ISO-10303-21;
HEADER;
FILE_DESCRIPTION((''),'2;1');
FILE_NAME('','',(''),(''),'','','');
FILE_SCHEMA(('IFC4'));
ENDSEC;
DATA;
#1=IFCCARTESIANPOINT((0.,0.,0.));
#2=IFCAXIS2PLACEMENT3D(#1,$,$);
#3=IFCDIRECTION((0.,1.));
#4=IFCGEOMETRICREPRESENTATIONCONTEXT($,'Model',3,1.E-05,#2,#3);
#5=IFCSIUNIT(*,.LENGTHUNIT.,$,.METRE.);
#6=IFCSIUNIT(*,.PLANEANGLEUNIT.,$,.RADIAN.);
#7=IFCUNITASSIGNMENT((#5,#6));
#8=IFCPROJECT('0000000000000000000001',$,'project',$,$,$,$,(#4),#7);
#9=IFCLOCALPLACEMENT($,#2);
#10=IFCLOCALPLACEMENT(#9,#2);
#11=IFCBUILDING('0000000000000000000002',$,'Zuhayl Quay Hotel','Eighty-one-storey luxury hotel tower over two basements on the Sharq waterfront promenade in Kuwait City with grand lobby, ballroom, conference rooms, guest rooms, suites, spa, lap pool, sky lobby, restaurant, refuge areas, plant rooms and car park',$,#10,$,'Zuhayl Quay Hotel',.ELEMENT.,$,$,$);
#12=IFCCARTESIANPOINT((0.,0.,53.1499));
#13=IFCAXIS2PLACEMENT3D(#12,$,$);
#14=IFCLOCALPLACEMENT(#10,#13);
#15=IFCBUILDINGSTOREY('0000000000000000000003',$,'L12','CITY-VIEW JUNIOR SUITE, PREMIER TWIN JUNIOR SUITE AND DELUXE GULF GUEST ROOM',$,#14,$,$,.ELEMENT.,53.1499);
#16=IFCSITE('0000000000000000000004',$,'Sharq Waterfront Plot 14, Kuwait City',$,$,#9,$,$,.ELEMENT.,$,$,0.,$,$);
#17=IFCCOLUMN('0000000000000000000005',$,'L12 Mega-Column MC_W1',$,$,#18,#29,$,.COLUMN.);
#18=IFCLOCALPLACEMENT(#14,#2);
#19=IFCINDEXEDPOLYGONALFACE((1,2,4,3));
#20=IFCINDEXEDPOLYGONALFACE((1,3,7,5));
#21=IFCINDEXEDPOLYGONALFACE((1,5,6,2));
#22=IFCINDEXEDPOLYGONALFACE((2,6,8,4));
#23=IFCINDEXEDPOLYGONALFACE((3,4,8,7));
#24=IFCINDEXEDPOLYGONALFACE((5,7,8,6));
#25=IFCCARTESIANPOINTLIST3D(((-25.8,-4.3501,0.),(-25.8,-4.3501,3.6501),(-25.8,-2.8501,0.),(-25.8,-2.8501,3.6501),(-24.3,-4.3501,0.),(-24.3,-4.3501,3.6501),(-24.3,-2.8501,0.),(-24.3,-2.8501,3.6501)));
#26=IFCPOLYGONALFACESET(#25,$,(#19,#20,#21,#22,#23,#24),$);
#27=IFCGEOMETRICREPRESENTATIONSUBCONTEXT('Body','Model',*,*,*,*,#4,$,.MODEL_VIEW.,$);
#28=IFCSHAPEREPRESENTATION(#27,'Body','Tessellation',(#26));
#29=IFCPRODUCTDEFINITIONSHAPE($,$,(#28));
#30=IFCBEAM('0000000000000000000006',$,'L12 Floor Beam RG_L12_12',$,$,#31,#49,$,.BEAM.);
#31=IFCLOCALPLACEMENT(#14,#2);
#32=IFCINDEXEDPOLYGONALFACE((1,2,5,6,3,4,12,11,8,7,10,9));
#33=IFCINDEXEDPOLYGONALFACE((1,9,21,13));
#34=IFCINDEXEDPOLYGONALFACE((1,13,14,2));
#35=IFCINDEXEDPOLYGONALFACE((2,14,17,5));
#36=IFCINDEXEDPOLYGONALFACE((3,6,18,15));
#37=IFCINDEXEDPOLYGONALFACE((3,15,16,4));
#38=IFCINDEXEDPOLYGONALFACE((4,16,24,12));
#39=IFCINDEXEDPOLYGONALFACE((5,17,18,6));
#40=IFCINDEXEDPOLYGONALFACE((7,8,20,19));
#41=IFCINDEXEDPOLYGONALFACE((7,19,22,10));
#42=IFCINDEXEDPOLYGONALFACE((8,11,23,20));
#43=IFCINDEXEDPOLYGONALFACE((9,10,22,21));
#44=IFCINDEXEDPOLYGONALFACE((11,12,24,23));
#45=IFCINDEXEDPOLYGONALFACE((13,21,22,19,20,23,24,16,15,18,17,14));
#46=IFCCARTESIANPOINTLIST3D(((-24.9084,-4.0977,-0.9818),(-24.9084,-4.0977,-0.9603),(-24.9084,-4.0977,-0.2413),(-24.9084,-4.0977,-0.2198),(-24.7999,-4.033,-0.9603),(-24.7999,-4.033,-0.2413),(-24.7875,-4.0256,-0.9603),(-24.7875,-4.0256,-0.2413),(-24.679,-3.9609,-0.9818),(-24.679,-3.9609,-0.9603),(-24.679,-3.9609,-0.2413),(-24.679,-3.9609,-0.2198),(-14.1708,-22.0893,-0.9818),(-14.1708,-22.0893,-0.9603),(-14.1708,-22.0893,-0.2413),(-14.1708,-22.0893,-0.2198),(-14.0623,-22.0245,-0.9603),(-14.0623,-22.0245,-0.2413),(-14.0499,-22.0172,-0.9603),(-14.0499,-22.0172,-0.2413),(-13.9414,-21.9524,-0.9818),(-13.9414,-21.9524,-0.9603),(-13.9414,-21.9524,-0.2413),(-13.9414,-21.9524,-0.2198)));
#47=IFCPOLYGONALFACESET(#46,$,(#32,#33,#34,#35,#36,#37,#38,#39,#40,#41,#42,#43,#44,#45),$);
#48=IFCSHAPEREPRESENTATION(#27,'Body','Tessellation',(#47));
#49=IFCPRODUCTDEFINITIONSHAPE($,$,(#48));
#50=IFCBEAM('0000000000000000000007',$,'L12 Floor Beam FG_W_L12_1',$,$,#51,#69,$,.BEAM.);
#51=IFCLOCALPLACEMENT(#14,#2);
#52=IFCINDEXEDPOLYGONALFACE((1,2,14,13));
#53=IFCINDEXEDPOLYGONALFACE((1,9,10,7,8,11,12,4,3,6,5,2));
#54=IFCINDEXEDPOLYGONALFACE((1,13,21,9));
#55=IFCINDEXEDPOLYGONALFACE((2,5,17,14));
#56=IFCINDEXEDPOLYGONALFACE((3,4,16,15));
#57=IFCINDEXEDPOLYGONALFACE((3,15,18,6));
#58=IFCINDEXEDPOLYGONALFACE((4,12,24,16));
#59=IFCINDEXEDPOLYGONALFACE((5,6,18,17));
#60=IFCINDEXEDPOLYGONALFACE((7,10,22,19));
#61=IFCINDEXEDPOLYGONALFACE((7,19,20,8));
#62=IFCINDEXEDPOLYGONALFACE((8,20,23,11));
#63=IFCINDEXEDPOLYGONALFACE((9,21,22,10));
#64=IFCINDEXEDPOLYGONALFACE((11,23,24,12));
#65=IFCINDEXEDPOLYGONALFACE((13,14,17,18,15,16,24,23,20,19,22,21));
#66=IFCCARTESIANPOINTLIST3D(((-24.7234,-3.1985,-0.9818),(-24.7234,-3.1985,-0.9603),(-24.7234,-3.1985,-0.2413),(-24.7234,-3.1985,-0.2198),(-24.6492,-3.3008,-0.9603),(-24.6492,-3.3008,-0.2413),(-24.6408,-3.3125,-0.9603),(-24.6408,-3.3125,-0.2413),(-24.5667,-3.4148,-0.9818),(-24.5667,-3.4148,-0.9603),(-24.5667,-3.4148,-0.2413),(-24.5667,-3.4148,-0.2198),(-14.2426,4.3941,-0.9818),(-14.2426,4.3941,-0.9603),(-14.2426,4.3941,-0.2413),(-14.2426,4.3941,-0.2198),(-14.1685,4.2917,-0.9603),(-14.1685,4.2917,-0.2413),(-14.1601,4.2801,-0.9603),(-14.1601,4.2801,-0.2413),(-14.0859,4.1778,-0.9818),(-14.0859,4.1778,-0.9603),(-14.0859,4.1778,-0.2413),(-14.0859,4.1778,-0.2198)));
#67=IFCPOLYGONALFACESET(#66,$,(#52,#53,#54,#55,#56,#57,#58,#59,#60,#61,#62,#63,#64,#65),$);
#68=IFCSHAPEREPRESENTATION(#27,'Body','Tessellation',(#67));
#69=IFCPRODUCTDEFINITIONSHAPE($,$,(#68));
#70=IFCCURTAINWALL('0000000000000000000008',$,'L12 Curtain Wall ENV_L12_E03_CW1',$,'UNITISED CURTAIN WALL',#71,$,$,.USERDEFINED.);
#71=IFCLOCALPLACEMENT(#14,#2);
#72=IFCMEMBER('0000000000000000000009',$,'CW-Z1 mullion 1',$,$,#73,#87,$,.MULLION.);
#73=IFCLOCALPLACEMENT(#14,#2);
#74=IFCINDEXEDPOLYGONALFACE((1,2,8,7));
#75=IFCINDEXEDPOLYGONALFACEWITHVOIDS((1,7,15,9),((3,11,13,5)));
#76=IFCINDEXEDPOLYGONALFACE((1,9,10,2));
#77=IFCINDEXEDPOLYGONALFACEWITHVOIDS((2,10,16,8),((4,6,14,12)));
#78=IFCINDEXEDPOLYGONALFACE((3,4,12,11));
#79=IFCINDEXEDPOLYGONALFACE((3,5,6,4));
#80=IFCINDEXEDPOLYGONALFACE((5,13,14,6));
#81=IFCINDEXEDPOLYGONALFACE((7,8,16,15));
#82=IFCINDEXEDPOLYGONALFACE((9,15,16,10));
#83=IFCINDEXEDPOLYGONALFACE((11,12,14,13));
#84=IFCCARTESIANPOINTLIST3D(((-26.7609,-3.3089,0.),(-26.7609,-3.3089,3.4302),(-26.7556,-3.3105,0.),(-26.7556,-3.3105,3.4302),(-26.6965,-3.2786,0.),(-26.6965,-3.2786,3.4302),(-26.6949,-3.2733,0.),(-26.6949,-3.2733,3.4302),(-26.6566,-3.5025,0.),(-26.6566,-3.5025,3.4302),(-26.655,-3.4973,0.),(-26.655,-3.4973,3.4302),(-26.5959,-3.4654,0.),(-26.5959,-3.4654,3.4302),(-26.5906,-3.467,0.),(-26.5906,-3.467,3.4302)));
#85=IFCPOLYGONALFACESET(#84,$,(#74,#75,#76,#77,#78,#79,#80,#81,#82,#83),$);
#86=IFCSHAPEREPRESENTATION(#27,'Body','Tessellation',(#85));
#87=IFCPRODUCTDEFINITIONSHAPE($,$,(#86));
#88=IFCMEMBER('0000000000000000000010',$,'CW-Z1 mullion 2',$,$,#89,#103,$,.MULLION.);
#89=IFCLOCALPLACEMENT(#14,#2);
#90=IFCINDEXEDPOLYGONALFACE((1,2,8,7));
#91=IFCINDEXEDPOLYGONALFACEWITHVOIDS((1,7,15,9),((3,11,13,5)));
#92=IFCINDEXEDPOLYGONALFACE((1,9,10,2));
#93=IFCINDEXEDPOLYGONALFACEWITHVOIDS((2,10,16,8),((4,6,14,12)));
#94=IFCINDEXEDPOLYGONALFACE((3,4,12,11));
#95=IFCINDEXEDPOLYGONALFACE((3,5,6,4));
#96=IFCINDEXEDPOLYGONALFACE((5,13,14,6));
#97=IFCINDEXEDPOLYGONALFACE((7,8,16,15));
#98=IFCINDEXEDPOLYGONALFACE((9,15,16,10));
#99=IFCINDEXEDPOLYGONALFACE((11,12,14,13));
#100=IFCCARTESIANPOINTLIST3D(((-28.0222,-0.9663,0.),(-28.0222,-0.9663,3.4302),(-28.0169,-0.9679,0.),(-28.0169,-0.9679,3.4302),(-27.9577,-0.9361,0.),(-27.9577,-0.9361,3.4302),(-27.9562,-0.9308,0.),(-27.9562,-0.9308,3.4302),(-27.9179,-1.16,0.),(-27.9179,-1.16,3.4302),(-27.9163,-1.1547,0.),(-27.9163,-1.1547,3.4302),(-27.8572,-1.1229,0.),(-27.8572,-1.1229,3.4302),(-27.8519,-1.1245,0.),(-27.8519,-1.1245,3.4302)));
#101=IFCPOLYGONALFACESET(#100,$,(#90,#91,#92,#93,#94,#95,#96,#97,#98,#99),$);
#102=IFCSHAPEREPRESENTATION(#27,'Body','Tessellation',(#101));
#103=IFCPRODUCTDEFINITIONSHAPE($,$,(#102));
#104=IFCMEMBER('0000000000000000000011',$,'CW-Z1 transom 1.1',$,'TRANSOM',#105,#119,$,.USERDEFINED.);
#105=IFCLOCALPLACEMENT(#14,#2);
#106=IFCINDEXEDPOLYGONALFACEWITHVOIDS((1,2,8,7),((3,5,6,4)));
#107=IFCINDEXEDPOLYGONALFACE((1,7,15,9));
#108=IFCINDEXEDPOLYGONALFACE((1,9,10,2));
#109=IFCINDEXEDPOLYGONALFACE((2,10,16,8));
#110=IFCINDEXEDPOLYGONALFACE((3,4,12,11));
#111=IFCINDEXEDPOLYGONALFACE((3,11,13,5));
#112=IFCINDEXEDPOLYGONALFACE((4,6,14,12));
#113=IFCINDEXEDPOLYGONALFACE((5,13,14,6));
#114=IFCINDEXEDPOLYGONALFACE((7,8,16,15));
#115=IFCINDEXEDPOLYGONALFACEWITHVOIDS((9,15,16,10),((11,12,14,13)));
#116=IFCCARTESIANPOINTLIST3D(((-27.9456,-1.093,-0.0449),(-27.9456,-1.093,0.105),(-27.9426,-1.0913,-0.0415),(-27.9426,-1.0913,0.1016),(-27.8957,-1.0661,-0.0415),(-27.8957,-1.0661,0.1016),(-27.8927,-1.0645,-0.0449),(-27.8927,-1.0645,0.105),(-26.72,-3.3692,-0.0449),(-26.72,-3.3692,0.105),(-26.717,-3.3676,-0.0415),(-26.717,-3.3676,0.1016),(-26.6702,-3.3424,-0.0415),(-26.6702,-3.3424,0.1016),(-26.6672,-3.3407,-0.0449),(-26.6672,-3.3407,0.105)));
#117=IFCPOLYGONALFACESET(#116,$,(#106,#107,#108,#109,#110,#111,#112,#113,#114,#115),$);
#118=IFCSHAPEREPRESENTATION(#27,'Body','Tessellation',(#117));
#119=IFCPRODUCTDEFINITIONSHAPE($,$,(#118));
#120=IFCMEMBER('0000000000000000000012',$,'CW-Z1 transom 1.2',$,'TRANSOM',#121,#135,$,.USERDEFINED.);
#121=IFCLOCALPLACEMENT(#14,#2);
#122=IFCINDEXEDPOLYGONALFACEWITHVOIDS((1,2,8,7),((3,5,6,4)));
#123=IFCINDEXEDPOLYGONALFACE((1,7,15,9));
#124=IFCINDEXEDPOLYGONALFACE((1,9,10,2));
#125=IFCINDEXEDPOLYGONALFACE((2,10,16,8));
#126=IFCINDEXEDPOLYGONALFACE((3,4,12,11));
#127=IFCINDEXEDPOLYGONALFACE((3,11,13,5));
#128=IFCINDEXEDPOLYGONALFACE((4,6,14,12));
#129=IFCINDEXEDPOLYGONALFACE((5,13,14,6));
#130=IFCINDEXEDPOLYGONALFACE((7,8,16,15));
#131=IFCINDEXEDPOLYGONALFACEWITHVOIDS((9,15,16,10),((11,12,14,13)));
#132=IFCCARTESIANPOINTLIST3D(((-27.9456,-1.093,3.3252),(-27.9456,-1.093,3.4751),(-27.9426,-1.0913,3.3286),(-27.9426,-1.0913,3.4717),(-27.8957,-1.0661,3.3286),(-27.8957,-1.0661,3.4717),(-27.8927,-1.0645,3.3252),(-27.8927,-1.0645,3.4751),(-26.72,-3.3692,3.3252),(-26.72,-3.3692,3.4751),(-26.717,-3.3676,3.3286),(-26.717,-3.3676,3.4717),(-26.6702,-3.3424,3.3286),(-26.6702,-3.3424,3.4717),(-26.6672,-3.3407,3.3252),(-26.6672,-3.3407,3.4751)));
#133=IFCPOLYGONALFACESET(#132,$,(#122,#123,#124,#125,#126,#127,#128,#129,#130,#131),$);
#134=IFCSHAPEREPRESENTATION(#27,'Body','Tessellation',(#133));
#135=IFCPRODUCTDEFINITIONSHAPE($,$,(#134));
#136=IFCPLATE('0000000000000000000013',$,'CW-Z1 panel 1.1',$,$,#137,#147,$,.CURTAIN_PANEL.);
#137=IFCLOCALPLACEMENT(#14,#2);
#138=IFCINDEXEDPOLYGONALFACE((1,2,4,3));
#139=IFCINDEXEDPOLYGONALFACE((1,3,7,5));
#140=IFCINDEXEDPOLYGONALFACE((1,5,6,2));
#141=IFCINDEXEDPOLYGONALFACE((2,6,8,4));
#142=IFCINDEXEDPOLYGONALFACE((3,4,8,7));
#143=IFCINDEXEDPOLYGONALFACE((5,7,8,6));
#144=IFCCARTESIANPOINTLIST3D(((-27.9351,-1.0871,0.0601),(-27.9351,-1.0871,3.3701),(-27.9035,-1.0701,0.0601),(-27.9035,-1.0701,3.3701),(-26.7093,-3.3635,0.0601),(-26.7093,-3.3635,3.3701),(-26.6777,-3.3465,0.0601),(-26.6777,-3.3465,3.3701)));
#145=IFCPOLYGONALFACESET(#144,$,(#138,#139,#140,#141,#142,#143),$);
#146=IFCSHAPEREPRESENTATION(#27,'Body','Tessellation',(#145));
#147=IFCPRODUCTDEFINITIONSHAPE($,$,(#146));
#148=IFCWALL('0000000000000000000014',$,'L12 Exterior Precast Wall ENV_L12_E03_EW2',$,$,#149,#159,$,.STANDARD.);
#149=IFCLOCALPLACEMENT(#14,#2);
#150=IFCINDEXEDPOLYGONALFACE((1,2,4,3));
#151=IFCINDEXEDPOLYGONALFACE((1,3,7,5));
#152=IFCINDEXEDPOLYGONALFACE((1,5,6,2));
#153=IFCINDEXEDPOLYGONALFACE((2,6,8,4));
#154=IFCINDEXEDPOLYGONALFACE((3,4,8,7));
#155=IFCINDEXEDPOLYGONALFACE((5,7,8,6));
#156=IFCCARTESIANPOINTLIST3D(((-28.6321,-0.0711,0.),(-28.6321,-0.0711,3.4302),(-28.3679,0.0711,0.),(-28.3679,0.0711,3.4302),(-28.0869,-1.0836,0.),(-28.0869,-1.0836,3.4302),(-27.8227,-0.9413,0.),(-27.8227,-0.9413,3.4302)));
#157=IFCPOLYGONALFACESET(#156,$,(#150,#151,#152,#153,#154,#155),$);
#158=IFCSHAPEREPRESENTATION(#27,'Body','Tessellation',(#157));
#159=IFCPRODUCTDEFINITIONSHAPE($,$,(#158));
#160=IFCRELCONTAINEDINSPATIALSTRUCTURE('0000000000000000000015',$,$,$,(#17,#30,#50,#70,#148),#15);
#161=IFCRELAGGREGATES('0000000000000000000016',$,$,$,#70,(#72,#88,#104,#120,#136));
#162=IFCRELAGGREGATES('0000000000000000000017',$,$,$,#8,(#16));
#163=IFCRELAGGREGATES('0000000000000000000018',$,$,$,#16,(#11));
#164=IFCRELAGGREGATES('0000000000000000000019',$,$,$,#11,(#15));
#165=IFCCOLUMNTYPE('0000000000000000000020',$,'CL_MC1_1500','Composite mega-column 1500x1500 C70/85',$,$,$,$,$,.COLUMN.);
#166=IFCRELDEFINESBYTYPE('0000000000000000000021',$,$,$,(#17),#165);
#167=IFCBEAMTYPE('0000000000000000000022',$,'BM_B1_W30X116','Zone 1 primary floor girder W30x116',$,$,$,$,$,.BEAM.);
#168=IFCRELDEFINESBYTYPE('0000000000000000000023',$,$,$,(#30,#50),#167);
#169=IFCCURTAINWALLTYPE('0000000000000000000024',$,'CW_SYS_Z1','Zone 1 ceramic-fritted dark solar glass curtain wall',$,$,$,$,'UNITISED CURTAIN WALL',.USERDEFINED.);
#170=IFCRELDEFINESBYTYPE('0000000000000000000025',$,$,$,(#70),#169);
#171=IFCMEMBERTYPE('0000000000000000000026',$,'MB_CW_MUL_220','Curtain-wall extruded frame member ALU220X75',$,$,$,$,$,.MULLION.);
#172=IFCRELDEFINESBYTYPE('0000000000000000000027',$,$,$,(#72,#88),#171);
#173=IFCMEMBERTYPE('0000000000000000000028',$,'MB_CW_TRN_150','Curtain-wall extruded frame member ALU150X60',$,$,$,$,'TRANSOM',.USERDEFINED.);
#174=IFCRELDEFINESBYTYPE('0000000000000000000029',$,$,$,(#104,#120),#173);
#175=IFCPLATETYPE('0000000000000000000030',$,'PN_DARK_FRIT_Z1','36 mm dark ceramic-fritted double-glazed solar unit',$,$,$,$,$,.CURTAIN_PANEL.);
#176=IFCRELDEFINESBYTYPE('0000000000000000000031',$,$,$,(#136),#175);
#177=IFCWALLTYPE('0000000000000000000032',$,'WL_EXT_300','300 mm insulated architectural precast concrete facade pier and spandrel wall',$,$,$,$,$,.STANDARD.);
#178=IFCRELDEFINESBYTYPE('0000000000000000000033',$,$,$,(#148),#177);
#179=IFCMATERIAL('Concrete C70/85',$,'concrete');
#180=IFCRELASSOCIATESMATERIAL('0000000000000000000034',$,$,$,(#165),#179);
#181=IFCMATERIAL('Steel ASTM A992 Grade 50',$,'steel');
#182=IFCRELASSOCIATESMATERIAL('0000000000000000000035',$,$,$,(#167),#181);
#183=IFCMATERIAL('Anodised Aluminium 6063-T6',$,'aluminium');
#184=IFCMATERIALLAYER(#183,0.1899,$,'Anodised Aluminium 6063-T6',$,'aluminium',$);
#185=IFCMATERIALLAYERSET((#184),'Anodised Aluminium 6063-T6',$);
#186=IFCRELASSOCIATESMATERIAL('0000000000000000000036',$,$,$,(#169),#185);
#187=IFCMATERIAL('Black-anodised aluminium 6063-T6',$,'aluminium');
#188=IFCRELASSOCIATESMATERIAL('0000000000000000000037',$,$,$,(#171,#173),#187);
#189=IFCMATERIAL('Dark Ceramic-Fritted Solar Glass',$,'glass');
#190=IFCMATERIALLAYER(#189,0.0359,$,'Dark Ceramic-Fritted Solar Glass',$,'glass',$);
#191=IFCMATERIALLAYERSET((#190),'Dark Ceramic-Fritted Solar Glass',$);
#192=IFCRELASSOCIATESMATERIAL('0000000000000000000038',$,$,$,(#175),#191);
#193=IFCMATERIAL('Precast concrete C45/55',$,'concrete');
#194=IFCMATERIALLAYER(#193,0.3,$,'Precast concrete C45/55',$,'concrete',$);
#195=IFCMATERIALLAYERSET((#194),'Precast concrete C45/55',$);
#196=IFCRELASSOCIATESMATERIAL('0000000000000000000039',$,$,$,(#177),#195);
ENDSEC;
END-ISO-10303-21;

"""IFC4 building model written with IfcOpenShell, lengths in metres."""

from ifc_helpers import new_model, si_unit, direction, frame, frame_2d, origin, origin_2d, place, context, subcontext, project, spatial, rectangle, hollow_rectangle, i_section, extrude, material, layer, layer_set, material_profile, profile_set, type_object, element, aggregate, save


model = new_model("IFC4")

# Units and contexts
model_context = context("Model", 3, precision=1e-05, world=origin(), true_north=direction((0.0, 1.0)))
body_context = subcontext(model_context, "Body", "Model", "MODEL_VIEW")
ifc_project = project(units=[si_unit("LENGTHUNIT", "METRE"), si_unit("PLANEANGLEUNIT", "RADIAN")], contexts=[model_context])

# Site, building, storey
site_placement = place(None, origin())
site = spatial("IfcSite", under=ifc_project, at=site_placement, Name="Sharq Waterfront Plot 14, Kuwait City", CompositionType="ELEMENT", RefElevation=0.0)
building_placement = place(site_placement, origin())
building = spatial("IfcBuilding", under=site, at=building_placement, Name="Zuhayl Quay Hotel", Description="Eighty-one-storey luxury hotel tower over two basements on the Sharq waterfront promenade in Kuwait City with grand lobby, ballroom, conference rooms, guest rooms, suites, spa, lap pool, sky lobby, restaurant, refuge areas, plant rooms and car park", LongName="Zuhayl Quay Hotel", CompositionType="ELEMENT")
storey_placement = place(building_placement, frame((0.0, 0.0, 53.1499)))
storey = spatial("IfcBuildingStorey", under=building, at=storey_placement, Name="L12", Description="CITY-VIEW JUNIOR SUITE, PREMIER TWIN JUNIOR SUITE AND DELUXE GULF GUEST ROOM", CompositionType="ELEMENT", Elevation=53.1499)

# Column
ifc_material_1 = material(Name="Concrete C70/85", Category="concrete")
ifc_material_profile_1 = material_profile(ifc_material_1, rectangle(XDim=1.5, YDim=1.5, at=origin_2d()), Name="RC1500X1500")
ifc_profile_set_1 = profile_set([ifc_material_profile_1], Name="Concrete C70/85")
column_type = type_object("IfcColumnType", Name="CL_MC1_1500", Description="Composite mega-column 1500x1500 C70/85", PredefinedType="COLUMN", material=ifc_profile_set_1)
column_placement = place(storey_placement, frame((-25.05, -3.6001, 0.0), z_axis=(0.0, 0.0, 1.0), x_axis=(1.0, 0.0, 0.0)))
element("IfcColumn", 1, at=column_placement, inside=storey, type_object=column_type, Name="L12 Mega-Column MC_W1", PredefinedType="COLUMN", context=body_context, shape_type="SweptSolid", body=[
    extrude(rectangle(XDim=1.5, YDim=1.5, at=origin_2d()), origin(), (0.0, 0.0, 1.0), 3.6501),
])

# Beams
ifc_material_2 = material(Name="Steel ASTM A992 Grade 50", Category="steel")
ifc_material_profile_2 = material_profile(ifc_material_2, i_section(OverallWidth=0.2671, OverallDepth=0.762, WebThickness=0.0144, FlangeThickness=0.0215, at=origin_2d()), Name="W30X116")
ifc_profile_set_2 = profile_set([ifc_material_profile_2], Name="Steel ASTM A992 Grade 50")
beam_type = type_object("IfcBeamType", Name="BM_B1_W30X116", Description="Zone 1 primary floor girder W30x116", PredefinedType="BEAM", material=ifc_profile_set_2)
beam_1_placement = place(storey_placement, frame((-24.7937, -4.0293, -0.6008), z_axis=(0.512483, -0.858698, 0.0), x_axis=(0.858698, 0.512483, 0.0)))
element("IfcBeam", 2, at=beam_1_placement, inside=storey, type_object=beam_type, Name="L12 Floor Beam RG_L12_12", PredefinedType="BEAM", context=body_context, shape_type="SweptSolid", body=[
    extrude(i_section(OverallWidth=0.2671, OverallDepth=0.762, WebThickness=0.0144, FlangeThickness=0.0215, at=origin_2d()), origin(), (0.0, 0.0, 1.0), 20.9521),
])
beam_2_placement = place(storey_placement, frame((-24.645, -3.3066, -0.6008), z_axis=(0.80983, 0.586664, 0.0), x_axis=(-0.586664, 0.80983, 0.0)))
element("IfcBeam", 3, at=beam_2_placement, inside=storey, type_object=beam_type, Name="L12 Floor Beam FG_W_L12_1", PredefinedType="BEAM", context=body_context, shape_type="SweptSolid", body=[
    extrude(i_section(OverallWidth=0.2671, OverallDepth=0.762, WebThickness=0.0144, FlangeThickness=0.0215, at=origin_2d()), origin(), (0.0, 0.0, 1.0), 12.9419),
])

# Curtain wall, members, plate
ifc_material_3 = material(Name="Anodised Aluminium 6063-T6", Category="aluminium")
ifc_layer_1 = layer(ifc_material_3, 0.1899, Name="Anodised Aluminium 6063-T6", Category="aluminium")
ifc_layer_set_1 = layer_set([ifc_layer_1], Name="Anodised Aluminium 6063-T6")
curtain_wall_type = type_object("IfcCurtainWallType", Name="CW_SYS_Z1", Description="Zone 1 ceramic-fritted dark solar glass curtain wall", ElementType="UNITISED CURTAIN WALL", PredefinedType="USERDEFINED", material=ifc_layer_set_1)
curtain_wall_placement = place(storey_placement, origin())
curtain_wall = element("IfcCurtainWall", 4, at=curtain_wall_placement, inside=storey, type_object=curtain_wall_type, Name="L12 Curtain Wall ENV_L12_E03_CW1", ObjectType="UNITISED CURTAIN WALL", PredefinedType="USERDEFINED")
ifc_material_4 = material(Name="Black-anodised aluminium 6063-T6", Category="aluminium")
ifc_material_profile_3 = material_profile(ifc_material_4, hollow_rectangle(XDim=0.075, YDim=0.22, WallThickness=0.0039, at=origin_2d()), Name="ALU220X75")
ifc_profile_set_3 = profile_set([ifc_material_profile_3], Name="Black-anodised aluminium 6063-T6")
member_type_1 = type_object("IfcMemberType", Name="MB_CW_MUL_220", Description="Curtain-wall extruded frame member ALU220X75", PredefinedType="MULLION", material=ifc_profile_set_3)
member_1_placement = place(storey_placement, frame((-26.6758, -3.3879, 0.0), z_axis=(0.0, 0.0, 1.0), x_axis=(-0.880476, -0.474091, 0.0)))
member_1 = element("IfcMember", 5, at=member_1_placement, type_object=member_type_1, Name="CW-Z1 mullion 1", PredefinedType="MULLION", context=body_context, shape_type="SweptSolid", body=[
    extrude(hollow_rectangle(XDim=0.075, YDim=0.22, WallThickness=0.0039, at=origin_2d()), origin(), (0.0, 0.0, 1.0), 3.4302),
])
member_2_placement = place(storey_placement, frame((-27.937, -1.0454, 0.0), z_axis=(0.0, 0.0, 1.0), x_axis=(-0.880476, -0.474091, 0.0)))
member_2 = element("IfcMember", 6, at=member_2_placement, type_object=member_type_1, Name="CW-Z1 mullion 2", PredefinedType="MULLION", context=body_context, shape_type="SweptSolid", body=[
    extrude(hollow_rectangle(XDim=0.075, YDim=0.22, WallThickness=0.0039, at=origin_2d()), origin(), (0.0, 0.0, 1.0), 3.4302),
])
ifc_material_profile_4 = material_profile(ifc_material_4, hollow_rectangle(XDim=0.0601, YDim=0.1499, WallThickness=0.0034, at=origin_2d()), Name="ALU150X60")
ifc_profile_set_4 = profile_set([ifc_material_profile_4], Name="Black-anodised aluminium 6063-T6")
member_type_2 = type_object("IfcMemberType", Name="MB_CW_TRN_150", Description="Curtain-wall extruded frame member ALU150X60", ElementType="TRANSOM", PredefinedType="USERDEFINED", material=ifc_profile_set_4)
member_3_placement = place(storey_placement, frame((-26.6936, -3.355, 0.03), z_axis=(-0.474055, 0.880495, 0.0), x_axis=(-0.880495, -0.474055, 0.0)))
member_3 = element("IfcMember", 7, at=member_3_placement, type_object=member_type_2, Name="CW-Z1 transom 1.1", ObjectType="TRANSOM", PredefinedType="USERDEFINED", context=body_context, shape_type="SweptSolid", body=[
    extrude(hollow_rectangle(XDim=0.0601, YDim=0.1499, WallThickness=0.0034, at=origin_2d()), origin(), (0.0, 0.0, 1.0), 2.5852),
])
member_4_placement = place(storey_placement, frame((-26.6936, -3.355, 3.4001), z_axis=(-0.474055, 0.880495, 0.0), x_axis=(-0.880495, -0.474055, 0.0)))
member_4 = element("IfcMember", 8, at=member_4_placement, type_object=member_type_2, Name="CW-Z1 transom 1.2", ObjectType="TRANSOM", PredefinedType="USERDEFINED", context=body_context, shape_type="SweptSolid", body=[
    extrude(hollow_rectangle(XDim=0.0601, YDim=0.1499, WallThickness=0.0034, at=origin_2d()), origin(), (0.0, 0.0, 1.0), 2.5852),
])
ifc_material_5 = material(Name="Dark Ceramic-Fritted Solar Glass", Category="glass")
ifc_layer_2 = layer(ifc_material_5, 0.0359, Name="Dark Ceramic-Fritted Solar Glass", Category="glass")
ifc_layer_set_2 = layer_set([ifc_layer_2], Name="Dark Ceramic-Fritted Solar Glass")
plate_type = type_object("IfcPlateType", Name="PN_DARK_FRIT_Z1", Description="36 mm dark ceramic-fritted double-glazed solar unit", PredefinedType="CURTAIN_PANEL", material=ifc_layer_set_2)
plate_placement = place(storey_placement, frame((-27.3064, -2.2168, 0.0601), z_axis=(0.0, 0.0, 1.0), x_axis=(-0.474091, 0.880476, 0.0)))
plate = element("IfcPlate", 9, at=plate_placement, type_object=plate_type, Name="CW-Z1 panel 1.1", PredefinedType="CURTAIN_PANEL", context=body_context, shape_type="SweptSolid", body=[
    extrude(rectangle(XDim=2.5854, YDim=0.0359, at=origin_2d()), origin(), (0.0, 0.0, 1.0), 3.3101),
])
aggregate(curtain_wall, [member_1, member_2, member_3, member_4, plate])

# Wall
ifc_material_6 = material(Name="Precast concrete C45/55", Category="concrete")
ifc_layer_3 = layer(ifc_material_6, 0.3, Name="Precast concrete C45/55", Category="concrete")
ifc_layer_set_3 = layer_set([ifc_layer_3], Name="Precast concrete C45/55")
wall_type_1 = type_object("IfcWallType", Name="WL_EXT_300", Description="300 mm insulated architectural precast concrete facade pier and spandrel wall", PredefinedType="STANDARD", material=ifc_layer_set_3)
wall_1_placement = place(storey_placement, frame((-27.9548, -1.0125, 0.0), z_axis=(0.0, 0.0, 1.0), x_axis=(-0.4741, 0.880471, 0.0)))
element("IfcWall", 10, at=wall_1_placement, inside=storey, type_object=wall_type_1, Name="L12 Exterior Precast Wall ENV_L12_E03_EW2", PredefinedType="STANDARD", context=body_context, shape_type="SweptSolid", body=[
    extrude(rectangle(XDim=1.1499, YDim=0.3, at=frame_2d((0.575, 0.0))), origin(), (0.0, 0.0, 1.0), 3.4302),
])

save(model, "model.ifc")
